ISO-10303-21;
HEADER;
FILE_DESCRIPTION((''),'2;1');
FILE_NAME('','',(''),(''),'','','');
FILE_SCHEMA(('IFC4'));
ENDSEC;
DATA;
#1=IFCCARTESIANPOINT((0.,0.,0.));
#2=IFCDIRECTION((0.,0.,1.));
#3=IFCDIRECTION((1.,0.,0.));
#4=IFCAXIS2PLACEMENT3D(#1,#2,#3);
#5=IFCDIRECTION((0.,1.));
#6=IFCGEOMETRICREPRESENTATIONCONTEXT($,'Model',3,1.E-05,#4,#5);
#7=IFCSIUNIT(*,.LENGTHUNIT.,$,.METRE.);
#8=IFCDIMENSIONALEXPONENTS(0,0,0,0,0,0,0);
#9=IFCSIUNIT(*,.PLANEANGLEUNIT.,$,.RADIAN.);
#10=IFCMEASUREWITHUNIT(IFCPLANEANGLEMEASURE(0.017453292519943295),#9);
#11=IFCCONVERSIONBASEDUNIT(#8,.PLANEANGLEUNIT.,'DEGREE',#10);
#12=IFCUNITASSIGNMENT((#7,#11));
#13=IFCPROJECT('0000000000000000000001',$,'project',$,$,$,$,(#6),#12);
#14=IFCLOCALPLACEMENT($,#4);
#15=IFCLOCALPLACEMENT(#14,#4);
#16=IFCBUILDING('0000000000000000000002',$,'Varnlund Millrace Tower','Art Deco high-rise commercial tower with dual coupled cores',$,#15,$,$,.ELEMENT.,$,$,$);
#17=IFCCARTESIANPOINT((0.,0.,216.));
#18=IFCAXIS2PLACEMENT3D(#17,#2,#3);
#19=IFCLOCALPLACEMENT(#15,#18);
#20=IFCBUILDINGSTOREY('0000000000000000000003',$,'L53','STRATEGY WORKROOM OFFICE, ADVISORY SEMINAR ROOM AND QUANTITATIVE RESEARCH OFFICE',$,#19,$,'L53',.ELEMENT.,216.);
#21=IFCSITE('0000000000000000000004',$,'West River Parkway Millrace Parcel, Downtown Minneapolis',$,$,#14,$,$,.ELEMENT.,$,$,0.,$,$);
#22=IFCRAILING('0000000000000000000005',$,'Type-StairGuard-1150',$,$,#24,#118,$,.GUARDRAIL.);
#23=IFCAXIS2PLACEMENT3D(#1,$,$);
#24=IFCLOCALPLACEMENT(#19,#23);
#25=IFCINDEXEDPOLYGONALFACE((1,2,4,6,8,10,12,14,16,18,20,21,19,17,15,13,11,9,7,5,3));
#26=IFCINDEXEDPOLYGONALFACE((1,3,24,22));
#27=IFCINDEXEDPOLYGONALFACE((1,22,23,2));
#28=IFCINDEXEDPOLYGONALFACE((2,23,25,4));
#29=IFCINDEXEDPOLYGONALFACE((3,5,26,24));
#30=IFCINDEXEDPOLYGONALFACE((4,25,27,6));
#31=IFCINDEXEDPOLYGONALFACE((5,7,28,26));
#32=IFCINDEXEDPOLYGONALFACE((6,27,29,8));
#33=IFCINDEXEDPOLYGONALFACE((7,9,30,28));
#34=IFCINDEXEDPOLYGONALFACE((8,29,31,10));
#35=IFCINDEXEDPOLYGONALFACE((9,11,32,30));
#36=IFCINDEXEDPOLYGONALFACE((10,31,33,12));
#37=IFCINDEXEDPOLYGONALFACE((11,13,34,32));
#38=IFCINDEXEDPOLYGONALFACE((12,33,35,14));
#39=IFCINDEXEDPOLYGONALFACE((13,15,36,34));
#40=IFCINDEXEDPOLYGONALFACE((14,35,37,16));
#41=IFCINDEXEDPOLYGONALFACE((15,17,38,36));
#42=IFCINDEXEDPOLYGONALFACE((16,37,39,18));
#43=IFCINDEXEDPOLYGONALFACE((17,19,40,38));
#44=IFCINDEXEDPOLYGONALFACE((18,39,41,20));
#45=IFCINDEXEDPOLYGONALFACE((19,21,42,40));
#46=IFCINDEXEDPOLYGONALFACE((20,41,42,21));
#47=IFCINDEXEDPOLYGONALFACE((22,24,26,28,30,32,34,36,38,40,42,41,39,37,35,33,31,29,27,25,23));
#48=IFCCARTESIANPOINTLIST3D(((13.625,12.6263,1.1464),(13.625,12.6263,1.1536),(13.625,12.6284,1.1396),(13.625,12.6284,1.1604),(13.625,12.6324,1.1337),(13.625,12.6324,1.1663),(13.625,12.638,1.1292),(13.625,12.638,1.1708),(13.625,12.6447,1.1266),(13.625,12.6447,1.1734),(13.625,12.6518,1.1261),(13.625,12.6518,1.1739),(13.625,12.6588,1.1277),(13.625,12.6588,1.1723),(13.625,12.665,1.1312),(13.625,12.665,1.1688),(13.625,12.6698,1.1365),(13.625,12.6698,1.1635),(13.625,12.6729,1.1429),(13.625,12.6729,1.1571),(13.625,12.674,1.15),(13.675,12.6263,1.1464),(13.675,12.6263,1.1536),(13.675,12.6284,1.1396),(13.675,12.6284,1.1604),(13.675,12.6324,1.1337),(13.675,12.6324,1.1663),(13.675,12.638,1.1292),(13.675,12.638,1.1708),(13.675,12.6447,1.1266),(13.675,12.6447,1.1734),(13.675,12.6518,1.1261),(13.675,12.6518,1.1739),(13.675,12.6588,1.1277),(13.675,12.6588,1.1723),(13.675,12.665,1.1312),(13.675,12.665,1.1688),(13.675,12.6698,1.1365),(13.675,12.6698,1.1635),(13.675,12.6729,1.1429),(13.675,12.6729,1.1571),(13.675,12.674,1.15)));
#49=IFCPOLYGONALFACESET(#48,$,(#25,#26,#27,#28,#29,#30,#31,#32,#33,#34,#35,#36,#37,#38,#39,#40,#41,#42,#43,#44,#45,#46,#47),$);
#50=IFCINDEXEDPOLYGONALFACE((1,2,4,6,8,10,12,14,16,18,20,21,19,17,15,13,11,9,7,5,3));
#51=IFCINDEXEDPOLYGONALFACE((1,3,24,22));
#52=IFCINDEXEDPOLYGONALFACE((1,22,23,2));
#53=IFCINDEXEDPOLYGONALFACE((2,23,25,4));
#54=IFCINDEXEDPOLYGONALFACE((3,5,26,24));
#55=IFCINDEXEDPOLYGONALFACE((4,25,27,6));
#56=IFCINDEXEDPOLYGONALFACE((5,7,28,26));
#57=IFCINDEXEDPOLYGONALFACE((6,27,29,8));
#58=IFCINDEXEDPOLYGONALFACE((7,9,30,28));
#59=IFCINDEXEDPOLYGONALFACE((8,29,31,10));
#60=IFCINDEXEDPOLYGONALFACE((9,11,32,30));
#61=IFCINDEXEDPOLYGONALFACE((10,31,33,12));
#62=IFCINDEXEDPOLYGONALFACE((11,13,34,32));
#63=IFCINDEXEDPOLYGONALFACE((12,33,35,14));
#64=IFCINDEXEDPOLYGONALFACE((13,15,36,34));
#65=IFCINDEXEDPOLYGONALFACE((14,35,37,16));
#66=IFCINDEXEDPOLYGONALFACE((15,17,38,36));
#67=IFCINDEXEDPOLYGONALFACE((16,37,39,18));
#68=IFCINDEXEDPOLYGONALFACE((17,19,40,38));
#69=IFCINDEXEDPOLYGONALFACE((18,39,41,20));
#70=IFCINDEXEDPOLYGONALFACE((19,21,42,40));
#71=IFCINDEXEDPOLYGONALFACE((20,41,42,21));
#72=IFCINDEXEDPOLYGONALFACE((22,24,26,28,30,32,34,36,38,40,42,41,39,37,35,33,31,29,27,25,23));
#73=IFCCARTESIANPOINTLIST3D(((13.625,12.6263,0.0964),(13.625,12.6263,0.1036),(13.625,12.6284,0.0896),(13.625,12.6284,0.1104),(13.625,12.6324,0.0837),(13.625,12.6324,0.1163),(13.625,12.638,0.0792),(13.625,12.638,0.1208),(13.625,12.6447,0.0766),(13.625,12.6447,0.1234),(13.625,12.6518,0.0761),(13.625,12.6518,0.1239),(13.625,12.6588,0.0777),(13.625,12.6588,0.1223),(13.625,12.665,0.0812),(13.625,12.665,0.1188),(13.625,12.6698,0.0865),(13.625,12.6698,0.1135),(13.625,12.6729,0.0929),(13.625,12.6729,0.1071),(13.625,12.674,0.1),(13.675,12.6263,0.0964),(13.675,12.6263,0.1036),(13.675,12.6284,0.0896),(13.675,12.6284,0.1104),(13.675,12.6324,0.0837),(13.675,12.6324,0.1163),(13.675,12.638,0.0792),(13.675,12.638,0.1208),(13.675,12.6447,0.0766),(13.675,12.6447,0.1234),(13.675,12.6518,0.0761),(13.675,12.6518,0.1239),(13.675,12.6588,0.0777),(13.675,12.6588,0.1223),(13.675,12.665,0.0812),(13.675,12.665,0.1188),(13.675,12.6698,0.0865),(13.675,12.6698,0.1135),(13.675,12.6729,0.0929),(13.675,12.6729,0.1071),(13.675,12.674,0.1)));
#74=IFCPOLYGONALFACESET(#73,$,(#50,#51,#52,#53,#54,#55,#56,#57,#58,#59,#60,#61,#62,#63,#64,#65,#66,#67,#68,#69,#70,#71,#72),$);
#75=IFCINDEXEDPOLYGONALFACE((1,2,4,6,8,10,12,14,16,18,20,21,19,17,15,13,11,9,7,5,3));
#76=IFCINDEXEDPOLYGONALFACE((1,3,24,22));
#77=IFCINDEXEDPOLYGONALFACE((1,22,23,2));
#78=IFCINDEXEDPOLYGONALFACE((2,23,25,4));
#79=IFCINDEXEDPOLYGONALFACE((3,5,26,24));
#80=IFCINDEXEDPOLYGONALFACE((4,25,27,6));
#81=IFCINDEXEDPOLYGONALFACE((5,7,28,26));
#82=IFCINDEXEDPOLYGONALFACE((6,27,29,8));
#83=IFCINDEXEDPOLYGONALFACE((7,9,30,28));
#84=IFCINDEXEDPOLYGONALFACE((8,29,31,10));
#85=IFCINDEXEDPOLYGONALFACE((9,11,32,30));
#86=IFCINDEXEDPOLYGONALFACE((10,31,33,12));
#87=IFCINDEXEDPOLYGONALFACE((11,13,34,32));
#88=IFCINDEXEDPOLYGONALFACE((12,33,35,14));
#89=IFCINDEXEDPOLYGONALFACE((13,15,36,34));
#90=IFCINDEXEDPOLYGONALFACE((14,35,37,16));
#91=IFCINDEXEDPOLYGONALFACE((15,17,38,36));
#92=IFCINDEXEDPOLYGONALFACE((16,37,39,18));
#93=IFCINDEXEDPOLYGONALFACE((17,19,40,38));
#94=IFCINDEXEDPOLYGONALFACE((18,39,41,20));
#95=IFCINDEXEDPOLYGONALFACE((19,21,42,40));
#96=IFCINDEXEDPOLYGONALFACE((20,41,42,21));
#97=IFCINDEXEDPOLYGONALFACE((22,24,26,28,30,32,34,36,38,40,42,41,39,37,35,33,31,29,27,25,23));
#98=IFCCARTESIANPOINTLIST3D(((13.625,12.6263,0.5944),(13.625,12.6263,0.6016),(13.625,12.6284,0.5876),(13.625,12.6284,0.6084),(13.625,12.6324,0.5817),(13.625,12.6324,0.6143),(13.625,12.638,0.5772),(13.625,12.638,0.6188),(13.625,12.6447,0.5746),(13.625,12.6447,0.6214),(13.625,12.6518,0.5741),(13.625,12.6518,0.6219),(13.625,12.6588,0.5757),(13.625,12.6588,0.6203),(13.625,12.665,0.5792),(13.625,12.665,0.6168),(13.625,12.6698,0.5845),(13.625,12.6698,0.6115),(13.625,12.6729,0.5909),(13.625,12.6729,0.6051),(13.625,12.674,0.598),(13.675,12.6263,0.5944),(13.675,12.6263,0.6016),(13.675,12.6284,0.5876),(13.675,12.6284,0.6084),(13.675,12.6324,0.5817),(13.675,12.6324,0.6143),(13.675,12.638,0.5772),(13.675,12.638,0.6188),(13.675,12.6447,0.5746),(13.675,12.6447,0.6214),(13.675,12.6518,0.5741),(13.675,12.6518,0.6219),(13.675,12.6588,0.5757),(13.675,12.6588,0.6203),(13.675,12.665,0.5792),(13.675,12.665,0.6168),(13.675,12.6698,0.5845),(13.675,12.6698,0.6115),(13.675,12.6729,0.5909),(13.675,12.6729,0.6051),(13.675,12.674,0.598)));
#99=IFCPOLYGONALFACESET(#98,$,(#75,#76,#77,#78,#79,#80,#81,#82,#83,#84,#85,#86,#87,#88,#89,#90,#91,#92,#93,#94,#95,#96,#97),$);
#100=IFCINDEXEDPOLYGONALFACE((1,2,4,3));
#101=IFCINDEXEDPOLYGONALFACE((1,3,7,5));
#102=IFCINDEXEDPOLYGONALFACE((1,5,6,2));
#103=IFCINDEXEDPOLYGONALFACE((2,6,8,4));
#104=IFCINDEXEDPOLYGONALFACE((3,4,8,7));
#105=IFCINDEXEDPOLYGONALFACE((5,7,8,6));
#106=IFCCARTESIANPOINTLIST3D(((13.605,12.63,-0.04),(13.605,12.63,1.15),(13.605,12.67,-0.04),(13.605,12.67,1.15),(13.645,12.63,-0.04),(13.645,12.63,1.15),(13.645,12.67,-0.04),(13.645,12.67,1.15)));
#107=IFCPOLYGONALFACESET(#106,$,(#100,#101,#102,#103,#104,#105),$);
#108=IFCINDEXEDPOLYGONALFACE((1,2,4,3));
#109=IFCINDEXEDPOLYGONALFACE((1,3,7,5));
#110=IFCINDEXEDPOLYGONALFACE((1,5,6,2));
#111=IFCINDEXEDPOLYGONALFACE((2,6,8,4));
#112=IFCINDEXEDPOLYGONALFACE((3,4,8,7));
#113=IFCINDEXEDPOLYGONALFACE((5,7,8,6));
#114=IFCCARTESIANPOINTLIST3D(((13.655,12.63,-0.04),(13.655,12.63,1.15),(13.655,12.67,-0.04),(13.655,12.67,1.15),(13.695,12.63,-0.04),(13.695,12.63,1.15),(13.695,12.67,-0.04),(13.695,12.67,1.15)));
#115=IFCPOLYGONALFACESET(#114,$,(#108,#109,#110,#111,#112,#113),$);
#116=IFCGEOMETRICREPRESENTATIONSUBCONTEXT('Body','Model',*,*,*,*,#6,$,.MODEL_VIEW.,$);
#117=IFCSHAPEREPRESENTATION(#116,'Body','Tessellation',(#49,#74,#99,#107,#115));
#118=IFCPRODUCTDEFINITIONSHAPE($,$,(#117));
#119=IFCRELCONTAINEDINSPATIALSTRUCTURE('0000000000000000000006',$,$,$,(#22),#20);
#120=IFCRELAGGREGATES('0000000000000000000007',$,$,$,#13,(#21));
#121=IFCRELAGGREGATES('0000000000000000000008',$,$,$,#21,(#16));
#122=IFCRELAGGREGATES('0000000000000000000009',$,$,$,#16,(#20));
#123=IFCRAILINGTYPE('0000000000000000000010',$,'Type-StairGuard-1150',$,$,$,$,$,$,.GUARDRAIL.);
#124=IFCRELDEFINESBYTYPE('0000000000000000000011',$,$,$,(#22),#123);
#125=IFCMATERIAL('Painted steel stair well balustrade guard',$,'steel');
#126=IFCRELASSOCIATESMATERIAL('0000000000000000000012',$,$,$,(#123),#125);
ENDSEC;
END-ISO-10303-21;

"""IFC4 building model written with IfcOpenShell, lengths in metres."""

from ifc_helpers import new_model, entity, si_unit, converted_unit, direction, frame, origin_with_axes, origin_2d_with_axis, place, context, subcontext, project, spatial, rectangle, circle, extrude, material, type_object, element, save


model = new_model("IFC4")

# Units and contexts
model_context = context("Model", 3, precision=1e-05, world=origin_with_axes(), true_north=direction((0.0, 1.0)))
body_context = subcontext(model_context, "Body", "Model", "MODEL_VIEW")
ifc_project = project(units=[si_unit("LENGTHUNIT", "METRE"), converted_unit("PLANEANGLEUNIT", "DEGREE", entity("IfcPlaneAngleMeasure", 0.017453292519943295), si_unit("PLANEANGLEUNIT", "RADIAN"), dimensions=[0, 0, 0, 0, 0, 0, 0])], contexts=[model_context])

# Site, building, storey
site_placement = place(None, origin_with_axes())
site = spatial("IfcSite", under=ifc_project, at=site_placement, Name="West River Parkway Millrace Parcel, Downtown Minneapolis", CompositionType="ELEMENT", RefElevation=0.0)
building_placement = place(site_placement, origin_with_axes())
building = spatial("IfcBuilding", under=site, at=building_placement, Name="Varnlund Millrace Tower", Description="Art Deco high-rise commercial tower with dual coupled cores", CompositionType="ELEMENT")
storey_placement = place(building_placement, frame((0.0, 0.0, 216.0), z_axis=(0.0, 0.0, 1.0), x_axis=(1.0, 0.0, 0.0)))
storey = spatial("IfcBuildingStorey", under=building, at=storey_placement, Name="L53", Description="STRATEGY WORKROOM OFFICE, ADVISORY SEMINAR ROOM AND QUANTITATIVE RESEARCH OFFICE", LongName="L53", CompositionType="ELEMENT", Elevation=216.0)

# Railing
ifc_material_1 = material(Name="Painted steel stair well balustrade guard", Category="steel")
railing_type_1 = type_object("IfcRailingType", Name="Type-StairGuard-1150", PredefinedType="GUARDRAIL", material=ifc_material_1)
railing_1_placement = place(storey_placement, frame((0.0, 0.0, -216.0), z_axis=(0.0, 0.0, 1.0), x_axis=(1.0, 0.0, 0.0)))
element("IfcRailing", 1, at=railing_1_placement, inside=storey, type_object=railing_type_1, Name="Type-StairGuard-1150", PredefinedType="GUARDRAIL", context=body_context, shape_type="SweptSolid", body=[
    extrude(circle(Radius=0.024, at=origin_2d_with_axis()), frame((13.625, 12.65, 217.15), z_axis=(1.0, 0.0, 0.0), x_axis=(0.0, 1.0, 0.0)), (0.0, 0.0, 1.0), 0.05),
    extrude(circle(Radius=0.024, at=origin_2d_with_axis()), frame((13.625, 12.65, 216.1), z_axis=(1.0, 0.0, 0.0), x_axis=(0.0, 1.0, 0.0)), (0.0, 0.0, 1.0), 0.05),
    extrude(circle(Radius=0.024, at=origin_2d_with_axis()), frame((13.625, 12.65, 216.598), z_axis=(1.0, 0.0, 0.0), x_axis=(0.0, 1.0, 0.0)), (0.0, 0.0, 1.0), 0.05),
    extrude(rectangle(XDim=0.04, YDim=0.04, at=origin_2d_with_axis()), frame((13.625, 12.65, 215.96), z_axis=(0.0, 0.0, 1.0), x_axis=(1.0, 0.0, 0.0)), (0.0, 0.0, 1.0), 1.19),
    extrude(rectangle(XDim=0.04, YDim=0.04, at=origin_2d_with_axis()), frame((13.675, 12.65, 215.96), z_axis=(0.0, 0.0, 1.0), x_axis=(1.0, 0.0, 0.0)), (0.0, 0.0, 1.0), 1.19),
])

save(model, "model.ifc")
